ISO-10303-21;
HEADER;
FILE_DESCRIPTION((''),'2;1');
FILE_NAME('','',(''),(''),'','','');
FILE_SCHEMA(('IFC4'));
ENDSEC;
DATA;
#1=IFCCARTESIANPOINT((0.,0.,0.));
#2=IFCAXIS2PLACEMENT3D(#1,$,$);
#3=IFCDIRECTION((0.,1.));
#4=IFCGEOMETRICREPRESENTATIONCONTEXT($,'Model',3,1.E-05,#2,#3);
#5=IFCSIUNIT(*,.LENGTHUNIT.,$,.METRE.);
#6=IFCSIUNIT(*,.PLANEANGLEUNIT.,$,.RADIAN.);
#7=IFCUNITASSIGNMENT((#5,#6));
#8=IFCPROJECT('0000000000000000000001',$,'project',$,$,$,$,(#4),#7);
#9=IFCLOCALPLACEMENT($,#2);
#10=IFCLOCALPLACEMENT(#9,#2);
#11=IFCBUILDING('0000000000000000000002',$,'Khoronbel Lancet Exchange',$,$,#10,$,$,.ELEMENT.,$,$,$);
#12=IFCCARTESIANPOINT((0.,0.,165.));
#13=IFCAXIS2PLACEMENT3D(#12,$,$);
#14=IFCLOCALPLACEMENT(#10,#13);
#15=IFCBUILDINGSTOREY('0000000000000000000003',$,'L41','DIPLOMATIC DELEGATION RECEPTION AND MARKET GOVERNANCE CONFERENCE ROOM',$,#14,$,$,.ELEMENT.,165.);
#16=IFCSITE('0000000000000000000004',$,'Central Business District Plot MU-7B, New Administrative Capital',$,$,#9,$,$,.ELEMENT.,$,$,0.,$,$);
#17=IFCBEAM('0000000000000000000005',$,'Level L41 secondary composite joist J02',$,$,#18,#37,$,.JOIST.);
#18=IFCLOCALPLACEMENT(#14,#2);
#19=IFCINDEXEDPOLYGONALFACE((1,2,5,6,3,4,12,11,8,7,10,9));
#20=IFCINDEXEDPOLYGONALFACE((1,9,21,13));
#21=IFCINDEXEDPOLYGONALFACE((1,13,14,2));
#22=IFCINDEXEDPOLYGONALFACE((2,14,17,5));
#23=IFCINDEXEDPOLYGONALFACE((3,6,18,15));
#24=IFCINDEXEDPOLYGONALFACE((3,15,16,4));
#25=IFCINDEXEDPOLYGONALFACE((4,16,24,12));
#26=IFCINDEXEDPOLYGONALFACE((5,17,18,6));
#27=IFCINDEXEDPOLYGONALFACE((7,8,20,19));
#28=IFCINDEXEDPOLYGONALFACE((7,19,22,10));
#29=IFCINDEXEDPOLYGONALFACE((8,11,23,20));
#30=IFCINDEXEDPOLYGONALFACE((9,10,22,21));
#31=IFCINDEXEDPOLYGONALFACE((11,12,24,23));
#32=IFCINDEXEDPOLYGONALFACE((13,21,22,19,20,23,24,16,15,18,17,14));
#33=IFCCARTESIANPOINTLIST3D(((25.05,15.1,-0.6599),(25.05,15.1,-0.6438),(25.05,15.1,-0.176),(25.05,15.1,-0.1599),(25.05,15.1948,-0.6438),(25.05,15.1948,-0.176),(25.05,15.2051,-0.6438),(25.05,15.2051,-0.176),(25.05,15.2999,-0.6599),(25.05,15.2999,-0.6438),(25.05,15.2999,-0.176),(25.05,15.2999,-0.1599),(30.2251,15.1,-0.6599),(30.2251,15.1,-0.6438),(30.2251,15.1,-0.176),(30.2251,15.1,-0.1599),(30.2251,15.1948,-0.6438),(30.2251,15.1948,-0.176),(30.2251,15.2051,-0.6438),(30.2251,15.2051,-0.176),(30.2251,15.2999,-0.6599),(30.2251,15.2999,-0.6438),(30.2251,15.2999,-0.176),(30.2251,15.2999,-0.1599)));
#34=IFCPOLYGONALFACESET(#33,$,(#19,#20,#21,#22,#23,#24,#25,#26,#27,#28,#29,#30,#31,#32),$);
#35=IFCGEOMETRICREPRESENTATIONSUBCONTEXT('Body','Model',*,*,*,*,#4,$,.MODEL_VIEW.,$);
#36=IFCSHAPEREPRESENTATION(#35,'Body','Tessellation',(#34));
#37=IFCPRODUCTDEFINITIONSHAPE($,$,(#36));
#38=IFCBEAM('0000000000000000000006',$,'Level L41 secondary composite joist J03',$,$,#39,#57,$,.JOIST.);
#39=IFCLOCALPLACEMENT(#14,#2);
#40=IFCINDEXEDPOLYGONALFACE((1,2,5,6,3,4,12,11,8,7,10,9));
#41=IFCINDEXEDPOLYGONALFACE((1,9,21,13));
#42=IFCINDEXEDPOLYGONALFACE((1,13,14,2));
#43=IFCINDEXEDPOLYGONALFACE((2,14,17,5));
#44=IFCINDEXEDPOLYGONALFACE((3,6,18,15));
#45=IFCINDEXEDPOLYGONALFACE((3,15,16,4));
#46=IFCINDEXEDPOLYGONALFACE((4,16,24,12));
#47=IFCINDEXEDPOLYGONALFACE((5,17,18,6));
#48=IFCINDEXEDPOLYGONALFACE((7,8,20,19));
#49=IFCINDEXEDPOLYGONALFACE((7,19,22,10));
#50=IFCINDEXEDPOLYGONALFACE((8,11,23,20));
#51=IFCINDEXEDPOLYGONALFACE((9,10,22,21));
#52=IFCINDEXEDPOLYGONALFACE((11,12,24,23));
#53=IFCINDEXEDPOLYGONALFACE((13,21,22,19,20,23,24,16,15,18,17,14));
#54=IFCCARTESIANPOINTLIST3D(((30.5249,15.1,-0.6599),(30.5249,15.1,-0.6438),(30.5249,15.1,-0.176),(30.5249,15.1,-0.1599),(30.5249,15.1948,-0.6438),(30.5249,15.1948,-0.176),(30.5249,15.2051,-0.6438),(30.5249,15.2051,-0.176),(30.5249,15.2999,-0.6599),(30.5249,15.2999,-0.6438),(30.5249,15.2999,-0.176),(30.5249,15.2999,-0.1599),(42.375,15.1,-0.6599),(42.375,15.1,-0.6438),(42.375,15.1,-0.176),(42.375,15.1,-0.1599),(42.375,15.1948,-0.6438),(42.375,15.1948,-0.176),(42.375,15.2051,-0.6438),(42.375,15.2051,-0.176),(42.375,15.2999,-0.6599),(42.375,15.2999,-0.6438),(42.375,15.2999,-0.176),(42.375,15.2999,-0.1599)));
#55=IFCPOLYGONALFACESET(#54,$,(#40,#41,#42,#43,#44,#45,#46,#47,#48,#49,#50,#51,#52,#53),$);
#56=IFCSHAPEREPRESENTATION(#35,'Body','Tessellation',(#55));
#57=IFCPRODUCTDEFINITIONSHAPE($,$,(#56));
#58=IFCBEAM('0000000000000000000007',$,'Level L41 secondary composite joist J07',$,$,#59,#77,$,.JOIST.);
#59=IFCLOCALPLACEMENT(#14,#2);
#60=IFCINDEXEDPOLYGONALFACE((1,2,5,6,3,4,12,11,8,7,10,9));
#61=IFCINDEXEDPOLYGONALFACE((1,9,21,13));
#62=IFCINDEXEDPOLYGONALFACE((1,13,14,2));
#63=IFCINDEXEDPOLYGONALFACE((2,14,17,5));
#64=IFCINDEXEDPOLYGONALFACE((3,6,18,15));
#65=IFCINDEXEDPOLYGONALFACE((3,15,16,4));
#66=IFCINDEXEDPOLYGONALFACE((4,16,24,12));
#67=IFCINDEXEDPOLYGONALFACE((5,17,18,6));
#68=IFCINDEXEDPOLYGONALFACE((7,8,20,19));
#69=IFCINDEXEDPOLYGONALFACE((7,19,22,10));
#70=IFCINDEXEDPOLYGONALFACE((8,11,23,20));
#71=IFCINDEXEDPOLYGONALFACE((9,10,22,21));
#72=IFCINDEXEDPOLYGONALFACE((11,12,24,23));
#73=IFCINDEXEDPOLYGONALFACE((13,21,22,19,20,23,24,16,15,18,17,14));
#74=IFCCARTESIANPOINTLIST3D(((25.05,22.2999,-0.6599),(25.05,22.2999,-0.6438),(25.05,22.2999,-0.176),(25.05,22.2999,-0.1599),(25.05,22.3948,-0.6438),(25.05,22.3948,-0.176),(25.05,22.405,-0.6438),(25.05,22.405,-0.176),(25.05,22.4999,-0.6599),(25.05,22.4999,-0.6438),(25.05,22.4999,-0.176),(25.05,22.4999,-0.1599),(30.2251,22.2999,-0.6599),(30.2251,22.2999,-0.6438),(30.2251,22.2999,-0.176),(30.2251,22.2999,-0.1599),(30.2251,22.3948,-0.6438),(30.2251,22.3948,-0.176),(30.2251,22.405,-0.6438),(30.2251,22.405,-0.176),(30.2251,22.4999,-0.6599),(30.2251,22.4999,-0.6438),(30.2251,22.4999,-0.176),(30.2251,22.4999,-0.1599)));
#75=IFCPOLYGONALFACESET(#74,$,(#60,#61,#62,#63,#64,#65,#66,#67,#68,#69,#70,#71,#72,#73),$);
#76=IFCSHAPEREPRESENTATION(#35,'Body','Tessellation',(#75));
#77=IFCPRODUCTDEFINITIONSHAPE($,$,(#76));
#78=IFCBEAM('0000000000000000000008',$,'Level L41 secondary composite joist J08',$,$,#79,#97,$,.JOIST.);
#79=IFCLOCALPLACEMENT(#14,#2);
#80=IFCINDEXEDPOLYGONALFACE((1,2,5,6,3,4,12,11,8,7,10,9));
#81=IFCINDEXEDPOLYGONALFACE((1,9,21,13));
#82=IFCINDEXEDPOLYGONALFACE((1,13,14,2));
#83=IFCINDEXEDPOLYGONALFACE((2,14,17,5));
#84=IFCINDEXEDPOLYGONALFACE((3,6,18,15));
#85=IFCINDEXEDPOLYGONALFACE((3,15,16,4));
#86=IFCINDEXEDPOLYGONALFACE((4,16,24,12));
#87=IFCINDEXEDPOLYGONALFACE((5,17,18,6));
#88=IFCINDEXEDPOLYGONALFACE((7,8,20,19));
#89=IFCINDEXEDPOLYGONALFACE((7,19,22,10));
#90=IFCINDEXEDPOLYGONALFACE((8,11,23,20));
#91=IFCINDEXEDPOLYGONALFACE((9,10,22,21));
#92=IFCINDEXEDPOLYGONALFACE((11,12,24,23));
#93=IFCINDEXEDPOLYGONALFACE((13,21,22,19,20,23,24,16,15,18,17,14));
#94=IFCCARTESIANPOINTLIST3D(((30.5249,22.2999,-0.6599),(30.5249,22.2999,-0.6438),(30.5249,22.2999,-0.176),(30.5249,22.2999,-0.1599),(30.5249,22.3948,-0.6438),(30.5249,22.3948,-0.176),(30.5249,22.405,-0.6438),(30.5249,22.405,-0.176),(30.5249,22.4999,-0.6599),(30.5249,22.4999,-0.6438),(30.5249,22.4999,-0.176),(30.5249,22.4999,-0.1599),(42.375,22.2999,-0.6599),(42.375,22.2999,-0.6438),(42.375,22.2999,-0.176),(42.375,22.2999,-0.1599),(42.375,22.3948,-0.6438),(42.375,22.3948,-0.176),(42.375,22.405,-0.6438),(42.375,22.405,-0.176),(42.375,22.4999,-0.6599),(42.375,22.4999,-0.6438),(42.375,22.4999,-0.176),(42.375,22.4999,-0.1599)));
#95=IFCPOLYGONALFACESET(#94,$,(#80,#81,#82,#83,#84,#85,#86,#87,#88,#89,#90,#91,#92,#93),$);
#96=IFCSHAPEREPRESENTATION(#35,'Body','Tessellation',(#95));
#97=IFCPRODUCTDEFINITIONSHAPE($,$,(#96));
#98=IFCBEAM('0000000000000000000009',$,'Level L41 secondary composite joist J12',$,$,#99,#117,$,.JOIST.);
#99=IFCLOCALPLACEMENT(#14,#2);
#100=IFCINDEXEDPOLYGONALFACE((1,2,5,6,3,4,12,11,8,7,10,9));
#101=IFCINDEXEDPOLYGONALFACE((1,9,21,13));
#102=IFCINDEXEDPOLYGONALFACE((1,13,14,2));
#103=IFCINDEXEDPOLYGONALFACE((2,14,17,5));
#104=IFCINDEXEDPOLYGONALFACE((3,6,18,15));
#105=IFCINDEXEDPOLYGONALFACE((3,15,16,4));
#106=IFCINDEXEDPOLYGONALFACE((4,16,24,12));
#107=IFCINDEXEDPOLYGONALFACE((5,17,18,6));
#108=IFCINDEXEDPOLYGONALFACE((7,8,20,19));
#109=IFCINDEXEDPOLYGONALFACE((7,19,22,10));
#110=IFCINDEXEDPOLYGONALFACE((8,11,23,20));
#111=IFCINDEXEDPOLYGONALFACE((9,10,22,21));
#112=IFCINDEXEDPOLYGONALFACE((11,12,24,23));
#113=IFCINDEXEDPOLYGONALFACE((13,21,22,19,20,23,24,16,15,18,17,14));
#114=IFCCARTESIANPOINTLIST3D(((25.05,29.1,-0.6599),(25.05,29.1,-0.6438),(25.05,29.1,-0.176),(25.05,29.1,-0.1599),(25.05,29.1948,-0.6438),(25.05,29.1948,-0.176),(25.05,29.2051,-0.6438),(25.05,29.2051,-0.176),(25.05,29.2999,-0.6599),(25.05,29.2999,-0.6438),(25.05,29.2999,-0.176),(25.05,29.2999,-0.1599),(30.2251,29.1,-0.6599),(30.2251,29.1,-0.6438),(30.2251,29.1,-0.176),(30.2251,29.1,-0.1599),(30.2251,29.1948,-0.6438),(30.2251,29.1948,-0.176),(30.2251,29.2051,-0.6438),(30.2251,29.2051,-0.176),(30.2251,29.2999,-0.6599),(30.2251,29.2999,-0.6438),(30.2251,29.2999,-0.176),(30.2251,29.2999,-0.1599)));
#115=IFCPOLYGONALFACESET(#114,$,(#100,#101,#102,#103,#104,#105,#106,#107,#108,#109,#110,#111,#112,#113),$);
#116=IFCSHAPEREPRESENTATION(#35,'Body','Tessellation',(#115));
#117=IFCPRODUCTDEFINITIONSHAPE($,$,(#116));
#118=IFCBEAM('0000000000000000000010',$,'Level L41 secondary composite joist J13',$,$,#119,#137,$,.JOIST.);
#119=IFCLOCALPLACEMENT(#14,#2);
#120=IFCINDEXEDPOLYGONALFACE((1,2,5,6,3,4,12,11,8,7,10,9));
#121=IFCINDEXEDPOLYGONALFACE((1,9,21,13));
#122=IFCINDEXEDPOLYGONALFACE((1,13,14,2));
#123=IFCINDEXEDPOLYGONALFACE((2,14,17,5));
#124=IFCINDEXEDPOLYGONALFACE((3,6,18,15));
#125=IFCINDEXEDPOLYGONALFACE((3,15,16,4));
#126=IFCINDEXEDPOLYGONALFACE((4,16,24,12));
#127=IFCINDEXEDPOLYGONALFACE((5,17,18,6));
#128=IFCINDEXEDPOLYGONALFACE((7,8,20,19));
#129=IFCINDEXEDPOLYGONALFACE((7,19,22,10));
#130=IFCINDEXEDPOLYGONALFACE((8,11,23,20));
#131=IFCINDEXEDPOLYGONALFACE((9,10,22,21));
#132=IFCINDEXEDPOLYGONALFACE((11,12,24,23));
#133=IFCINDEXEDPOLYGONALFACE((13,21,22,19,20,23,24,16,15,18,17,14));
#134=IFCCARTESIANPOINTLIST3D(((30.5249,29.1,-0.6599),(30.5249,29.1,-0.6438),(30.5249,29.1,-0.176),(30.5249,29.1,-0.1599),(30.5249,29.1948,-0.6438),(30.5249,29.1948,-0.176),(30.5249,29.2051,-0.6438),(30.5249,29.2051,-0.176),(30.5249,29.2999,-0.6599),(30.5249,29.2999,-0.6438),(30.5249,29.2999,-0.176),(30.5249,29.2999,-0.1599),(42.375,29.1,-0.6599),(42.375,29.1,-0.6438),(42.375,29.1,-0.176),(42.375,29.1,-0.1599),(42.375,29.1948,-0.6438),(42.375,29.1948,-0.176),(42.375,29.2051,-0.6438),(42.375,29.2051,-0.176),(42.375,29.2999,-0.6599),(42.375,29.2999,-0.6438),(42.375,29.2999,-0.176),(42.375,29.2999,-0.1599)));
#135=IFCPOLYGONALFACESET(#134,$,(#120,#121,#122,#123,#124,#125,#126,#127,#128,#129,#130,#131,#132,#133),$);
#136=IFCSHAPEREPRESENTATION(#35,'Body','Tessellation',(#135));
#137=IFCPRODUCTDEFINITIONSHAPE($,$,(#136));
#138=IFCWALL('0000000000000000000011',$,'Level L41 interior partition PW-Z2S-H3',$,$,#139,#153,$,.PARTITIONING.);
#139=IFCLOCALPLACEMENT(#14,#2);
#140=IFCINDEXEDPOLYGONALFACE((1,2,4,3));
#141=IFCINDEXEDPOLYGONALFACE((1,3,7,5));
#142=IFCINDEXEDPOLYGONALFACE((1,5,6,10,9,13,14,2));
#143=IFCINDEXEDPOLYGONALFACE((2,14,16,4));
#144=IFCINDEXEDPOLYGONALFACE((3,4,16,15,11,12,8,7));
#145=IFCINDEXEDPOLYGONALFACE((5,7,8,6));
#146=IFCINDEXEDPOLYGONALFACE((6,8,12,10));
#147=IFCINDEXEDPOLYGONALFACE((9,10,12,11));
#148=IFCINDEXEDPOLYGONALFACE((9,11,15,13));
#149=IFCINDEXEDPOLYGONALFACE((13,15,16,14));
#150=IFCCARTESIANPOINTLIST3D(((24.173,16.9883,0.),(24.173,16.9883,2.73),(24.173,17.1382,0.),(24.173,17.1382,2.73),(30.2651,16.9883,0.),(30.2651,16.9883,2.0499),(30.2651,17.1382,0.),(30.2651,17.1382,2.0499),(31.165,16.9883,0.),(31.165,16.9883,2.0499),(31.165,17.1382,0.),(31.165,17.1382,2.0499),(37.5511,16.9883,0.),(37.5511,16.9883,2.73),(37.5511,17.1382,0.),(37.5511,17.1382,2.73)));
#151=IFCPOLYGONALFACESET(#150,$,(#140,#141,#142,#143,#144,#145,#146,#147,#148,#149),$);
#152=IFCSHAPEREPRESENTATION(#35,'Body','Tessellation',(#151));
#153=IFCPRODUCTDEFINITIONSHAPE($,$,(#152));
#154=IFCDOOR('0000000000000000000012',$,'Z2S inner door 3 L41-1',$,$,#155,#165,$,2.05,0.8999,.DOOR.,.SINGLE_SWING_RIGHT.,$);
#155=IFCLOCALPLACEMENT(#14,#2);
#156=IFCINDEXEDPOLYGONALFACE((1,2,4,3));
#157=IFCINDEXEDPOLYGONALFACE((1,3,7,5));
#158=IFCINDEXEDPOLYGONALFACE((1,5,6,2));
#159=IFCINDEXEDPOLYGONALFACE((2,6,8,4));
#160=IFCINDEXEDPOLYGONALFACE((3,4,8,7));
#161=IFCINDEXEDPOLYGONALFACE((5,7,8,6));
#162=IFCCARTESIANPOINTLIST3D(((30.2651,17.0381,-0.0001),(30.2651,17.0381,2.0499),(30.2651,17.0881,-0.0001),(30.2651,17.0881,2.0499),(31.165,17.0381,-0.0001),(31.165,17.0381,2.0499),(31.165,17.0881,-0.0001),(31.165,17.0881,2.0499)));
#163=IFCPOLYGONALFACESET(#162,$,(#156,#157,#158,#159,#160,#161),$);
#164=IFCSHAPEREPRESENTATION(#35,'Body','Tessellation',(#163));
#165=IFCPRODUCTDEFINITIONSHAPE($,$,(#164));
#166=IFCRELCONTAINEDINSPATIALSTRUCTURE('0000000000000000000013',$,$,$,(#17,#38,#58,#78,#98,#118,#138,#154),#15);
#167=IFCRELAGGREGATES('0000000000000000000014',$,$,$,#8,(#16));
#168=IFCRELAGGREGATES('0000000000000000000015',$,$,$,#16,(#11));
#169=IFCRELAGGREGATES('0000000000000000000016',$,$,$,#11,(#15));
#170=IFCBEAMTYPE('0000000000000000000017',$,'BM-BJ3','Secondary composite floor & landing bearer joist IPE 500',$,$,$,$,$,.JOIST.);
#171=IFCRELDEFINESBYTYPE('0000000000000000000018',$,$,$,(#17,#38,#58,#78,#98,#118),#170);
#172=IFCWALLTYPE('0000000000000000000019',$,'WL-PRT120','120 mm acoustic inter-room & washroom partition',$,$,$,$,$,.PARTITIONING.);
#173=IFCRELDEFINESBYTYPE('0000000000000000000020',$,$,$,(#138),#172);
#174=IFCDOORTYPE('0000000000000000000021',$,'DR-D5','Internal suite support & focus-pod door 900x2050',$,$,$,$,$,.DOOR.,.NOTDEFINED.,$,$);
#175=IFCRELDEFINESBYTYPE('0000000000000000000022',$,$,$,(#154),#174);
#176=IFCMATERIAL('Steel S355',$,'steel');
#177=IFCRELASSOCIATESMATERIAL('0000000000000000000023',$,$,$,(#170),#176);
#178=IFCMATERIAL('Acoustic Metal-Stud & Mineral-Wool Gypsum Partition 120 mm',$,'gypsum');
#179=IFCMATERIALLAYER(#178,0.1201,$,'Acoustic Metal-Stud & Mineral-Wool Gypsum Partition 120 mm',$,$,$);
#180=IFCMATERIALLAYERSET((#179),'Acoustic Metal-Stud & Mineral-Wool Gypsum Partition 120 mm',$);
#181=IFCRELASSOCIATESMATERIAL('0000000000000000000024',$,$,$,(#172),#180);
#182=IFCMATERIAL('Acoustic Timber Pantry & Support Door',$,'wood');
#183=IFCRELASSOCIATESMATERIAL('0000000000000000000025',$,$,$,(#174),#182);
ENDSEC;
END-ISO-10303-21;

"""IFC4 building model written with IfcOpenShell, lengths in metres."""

from ifc_helpers import new_model, si_unit, direction, frame, frame_2d, origin, origin_2d, place, context, subcontext, project, spatial, rectangle, i_section, extrude, material, layer, layer_set, material_profile, profile_set, type_object, element, fill, save


model = new_model("IFC4")

# Units and contexts
model_context = context("Model", 3, precision=1e-05, world=origin(), true_north=direction((0.0, 1.0)))
body_context = subcontext(model_context, "Body", "Model", "MODEL_VIEW")
ifc_project = project(units=[si_unit("LENGTHUNIT", "METRE"), si_unit("PLANEANGLEUNIT", "RADIAN")], contexts=[model_context])

# Site, building, storey
site_placement = place(None, origin())
site = spatial("IfcSite", under=ifc_project, at=site_placement, Name="Central Business District Plot MU-7B, New Administrative Capital", CompositionType="ELEMENT", RefElevation=0.0)
building_placement = place(site_placement, origin())
building = spatial("IfcBuilding", under=site, at=building_placement, Name="Khoronbel Lancet Exchange", CompositionType="ELEMENT")
storey_placement = place(building_placement, frame((0.0, 0.0, 165.0)))
storey = spatial("IfcBuildingStorey", under=building, at=storey_placement, Name="L41", Description="DIPLOMATIC DELEGATION RECEPTION AND MARKET GOVERNANCE CONFERENCE ROOM", CompositionType="ELEMENT", Elevation=165.0)

# Beams
ifc_material_1 = material(Name="Steel S355", Category="steel")
ifc_material_profile = material_profile(ifc_material_1, i_section(OverallWidth=0.2, OverallDepth=0.5, WebThickness=0.0103, FlangeThickness=0.0161, at=origin_2d()), Name="IPE 500")
ifc_profile_set = profile_set([ifc_material_profile], Name="Steel S355")
beam_type = type_object("IfcBeamType", Name="BM-BJ3", Description="Secondary composite floor & landing bearer joist IPE 500", PredefinedType="JOIST", material=ifc_profile_set)
beam_1_placement = place(storey_placement, frame((25.05, 15.2, -0.4099), z_axis=(1.0, 0.0, 0.0), x_axis=(0.0, 1.0, 0.0)))
element("IfcBeam", 1, at=beam_1_placement, inside=storey, type_object=beam_type, Name="Level L41 secondary composite joist J02", PredefinedType="JOIST", context=body_context, shape_type="SweptSolid", body=[
    extrude(i_section(OverallWidth=0.2, OverallDepth=0.5, WebThickness=0.0103, FlangeThickness=0.0161, at=origin_2d()), origin(), (0.0, 0.0, 1.0), 5.175),
])
beam_2_placement = place(storey_placement, frame((30.5249, 15.2, -0.4099), z_axis=(1.0, 0.0, 0.0), x_axis=(0.0, 1.0, 0.0)))
element("IfcBeam", 2, at=beam_2_placement, inside=storey, type_object=beam_type, Name="Level L41 secondary composite joist J03", PredefinedType="JOIST", context=body_context, shape_type="SweptSolid", body=[
    extrude(i_section(OverallWidth=0.2, OverallDepth=0.5, WebThickness=0.0103, FlangeThickness=0.0161, at=origin_2d()), origin(), (0.0, 0.0, 1.0), 11.8501),
])
beam_3_placement = place(storey_placement, frame((25.05, 22.3999, -0.4099), z_axis=(1.0, 0.0, 0.0), x_axis=(0.0, 1.0, 0.0)))
element("IfcBeam", 3, at=beam_3_placement, inside=storey, type_object=beam_type, Name="Level L41 secondary composite joist J07", PredefinedType="JOIST", context=body_context, shape_type="SweptSolid", body=[
    extrude(i_section(OverallWidth=0.2, OverallDepth=0.5, WebThickness=0.0103, FlangeThickness=0.0161, at=origin_2d()), origin(), (0.0, 0.0, 1.0), 5.175),
])
beam_4_placement = place(storey_placement, frame((30.5249, 22.3999, -0.4099), z_axis=(1.0, 0.0, 0.0), x_axis=(0.0, 1.0, 0.0)))
element("IfcBeam", 4, at=beam_4_placement, inside=storey, type_object=beam_type, Name="Level L41 secondary composite joist J08", PredefinedType="JOIST", context=body_context, shape_type="SweptSolid", body=[
    extrude(i_section(OverallWidth=0.2, OverallDepth=0.5, WebThickness=0.0103, FlangeThickness=0.0161, at=origin_2d()), origin(), (0.0, 0.0, 1.0), 11.8501),
])
beam_5_placement = place(storey_placement, frame((25.05, 29.2, -0.4099), z_axis=(1.0, 0.0, 0.0), x_axis=(0.0, 1.0, 0.0)))
element("IfcBeam", 5, at=beam_5_placement, inside=storey, type_object=beam_type, Name="Level L41 secondary composite joist J12", PredefinedType="JOIST", context=body_context, shape_type="SweptSolid", body=[
    extrude(i_section(OverallWidth=0.2, OverallDepth=0.5, WebThickness=0.0103, FlangeThickness=0.0161, at=origin_2d()), origin(), (0.0, 0.0, 1.0), 5.175),
])
beam_6_placement = place(storey_placement, frame((30.5249, 29.2, -0.4099), z_axis=(1.0, 0.0, 0.0), x_axis=(0.0, 1.0, 0.0)))
element("IfcBeam", 6, at=beam_6_placement, inside=storey, type_object=beam_type, Name="Level L41 secondary composite joist J13", PredefinedType="JOIST", context=body_context, shape_type="SweptSolid", body=[
    extrude(i_section(OverallWidth=0.2, OverallDepth=0.5, WebThickness=0.0103, FlangeThickness=0.0161, at=origin_2d()), origin(), (0.0, 0.0, 1.0), 11.8501),
])

# Wall, opening, door
ifc_material_2 = material(Name="Acoustic Metal-Stud & Mineral-Wool Gypsum Partition 120 mm", Category="gypsum")
ifc_layer_1 = layer(ifc_material_2, 0.1201, Name="Acoustic Metal-Stud & Mineral-Wool Gypsum Partition 120 mm")
ifc_layer_set_1 = layer_set([ifc_layer_1], Name="Acoustic Metal-Stud & Mineral-Wool Gypsum Partition 120 mm")
wall_type_1 = type_object("IfcWallType", Name="WL-PRT120", Description="120 mm acoustic inter-room & washroom partition", PredefinedType="PARTITIONING", material=ifc_layer_set_1)
wall_1_placement = place(storey_placement, frame((24.1731, 17.0632, 0.0), z_axis=(0.0, 0.0, 1.0), x_axis=(1.0, 0.0, 0.0)))
wall_1 = element("IfcWall", 7, at=wall_1_placement, inside=storey, type_object=wall_type_1, Name="Level L41 interior partition PW-Z2S-H3", PredefinedType="PARTITIONING", context=body_context, shape_type="SweptSolid", body=[
    extrude(rectangle(XDim=13.3782, YDim=0.1499, at=frame_2d((6.689, 0.0))), origin(), (0.0, 0.0, 1.0), 2.73),
])
opening_1_placement = place(wall_1_placement, frame((6.092, 0.0, 0.0)))
opening_1 = element("IfcOpeningElement", 8, at=opening_1_placement, cuts=wall_1, PredefinedType="OPENING", context=body_context, shape_type="SweptSolid", body=[
    extrude(rectangle(XDim=0.8999, YDim=2.05, at=frame_2d((0.45, 1.0249))), frame((0.0, 0.085, 0.0), z_axis=(0.0, -1.0, 0.0), x_axis=(1.0, 0.0, 0.0)), (0.0, 0.0, 1.0), 0.1699),
])
ifc_material_3 = material(Name="Acoustic Timber Pantry & Support Door", Category="wood")
door_type_1 = type_object("IfcDoorType", Name="DR-D5", Description="Internal suite support & focus-pod door 900x2050", OperationType="NOTDEFINED", PredefinedType="DOOR", material=ifc_material_3)
door_1_placement = place(opening_1_placement, origin())
door_1 = element("IfcDoor", 9, at=door_1_placement, inside=storey, type_object=door_type_1, Name="Z2S inner door 3 L41-1", OperationType="SINGLE_SWING_RIGHT", OverallHeight=2.05, OverallWidth=0.8999, PredefinedType="DOOR", context=body_context, shape_type="SweptSolid", body=[
    extrude(rectangle(XDim=0.8999, YDim=2.05, at=frame_2d((0.45, 1.0249))), frame((0.0, 0.0249, 0.0), z_axis=(0.0, -1.0, 0.0), x_axis=(1.0, 0.0, 0.0)), (0.0, 0.0, 1.0), 0.05),
])
fill(opening_1, door_1)

save(model, "model.ifc")
